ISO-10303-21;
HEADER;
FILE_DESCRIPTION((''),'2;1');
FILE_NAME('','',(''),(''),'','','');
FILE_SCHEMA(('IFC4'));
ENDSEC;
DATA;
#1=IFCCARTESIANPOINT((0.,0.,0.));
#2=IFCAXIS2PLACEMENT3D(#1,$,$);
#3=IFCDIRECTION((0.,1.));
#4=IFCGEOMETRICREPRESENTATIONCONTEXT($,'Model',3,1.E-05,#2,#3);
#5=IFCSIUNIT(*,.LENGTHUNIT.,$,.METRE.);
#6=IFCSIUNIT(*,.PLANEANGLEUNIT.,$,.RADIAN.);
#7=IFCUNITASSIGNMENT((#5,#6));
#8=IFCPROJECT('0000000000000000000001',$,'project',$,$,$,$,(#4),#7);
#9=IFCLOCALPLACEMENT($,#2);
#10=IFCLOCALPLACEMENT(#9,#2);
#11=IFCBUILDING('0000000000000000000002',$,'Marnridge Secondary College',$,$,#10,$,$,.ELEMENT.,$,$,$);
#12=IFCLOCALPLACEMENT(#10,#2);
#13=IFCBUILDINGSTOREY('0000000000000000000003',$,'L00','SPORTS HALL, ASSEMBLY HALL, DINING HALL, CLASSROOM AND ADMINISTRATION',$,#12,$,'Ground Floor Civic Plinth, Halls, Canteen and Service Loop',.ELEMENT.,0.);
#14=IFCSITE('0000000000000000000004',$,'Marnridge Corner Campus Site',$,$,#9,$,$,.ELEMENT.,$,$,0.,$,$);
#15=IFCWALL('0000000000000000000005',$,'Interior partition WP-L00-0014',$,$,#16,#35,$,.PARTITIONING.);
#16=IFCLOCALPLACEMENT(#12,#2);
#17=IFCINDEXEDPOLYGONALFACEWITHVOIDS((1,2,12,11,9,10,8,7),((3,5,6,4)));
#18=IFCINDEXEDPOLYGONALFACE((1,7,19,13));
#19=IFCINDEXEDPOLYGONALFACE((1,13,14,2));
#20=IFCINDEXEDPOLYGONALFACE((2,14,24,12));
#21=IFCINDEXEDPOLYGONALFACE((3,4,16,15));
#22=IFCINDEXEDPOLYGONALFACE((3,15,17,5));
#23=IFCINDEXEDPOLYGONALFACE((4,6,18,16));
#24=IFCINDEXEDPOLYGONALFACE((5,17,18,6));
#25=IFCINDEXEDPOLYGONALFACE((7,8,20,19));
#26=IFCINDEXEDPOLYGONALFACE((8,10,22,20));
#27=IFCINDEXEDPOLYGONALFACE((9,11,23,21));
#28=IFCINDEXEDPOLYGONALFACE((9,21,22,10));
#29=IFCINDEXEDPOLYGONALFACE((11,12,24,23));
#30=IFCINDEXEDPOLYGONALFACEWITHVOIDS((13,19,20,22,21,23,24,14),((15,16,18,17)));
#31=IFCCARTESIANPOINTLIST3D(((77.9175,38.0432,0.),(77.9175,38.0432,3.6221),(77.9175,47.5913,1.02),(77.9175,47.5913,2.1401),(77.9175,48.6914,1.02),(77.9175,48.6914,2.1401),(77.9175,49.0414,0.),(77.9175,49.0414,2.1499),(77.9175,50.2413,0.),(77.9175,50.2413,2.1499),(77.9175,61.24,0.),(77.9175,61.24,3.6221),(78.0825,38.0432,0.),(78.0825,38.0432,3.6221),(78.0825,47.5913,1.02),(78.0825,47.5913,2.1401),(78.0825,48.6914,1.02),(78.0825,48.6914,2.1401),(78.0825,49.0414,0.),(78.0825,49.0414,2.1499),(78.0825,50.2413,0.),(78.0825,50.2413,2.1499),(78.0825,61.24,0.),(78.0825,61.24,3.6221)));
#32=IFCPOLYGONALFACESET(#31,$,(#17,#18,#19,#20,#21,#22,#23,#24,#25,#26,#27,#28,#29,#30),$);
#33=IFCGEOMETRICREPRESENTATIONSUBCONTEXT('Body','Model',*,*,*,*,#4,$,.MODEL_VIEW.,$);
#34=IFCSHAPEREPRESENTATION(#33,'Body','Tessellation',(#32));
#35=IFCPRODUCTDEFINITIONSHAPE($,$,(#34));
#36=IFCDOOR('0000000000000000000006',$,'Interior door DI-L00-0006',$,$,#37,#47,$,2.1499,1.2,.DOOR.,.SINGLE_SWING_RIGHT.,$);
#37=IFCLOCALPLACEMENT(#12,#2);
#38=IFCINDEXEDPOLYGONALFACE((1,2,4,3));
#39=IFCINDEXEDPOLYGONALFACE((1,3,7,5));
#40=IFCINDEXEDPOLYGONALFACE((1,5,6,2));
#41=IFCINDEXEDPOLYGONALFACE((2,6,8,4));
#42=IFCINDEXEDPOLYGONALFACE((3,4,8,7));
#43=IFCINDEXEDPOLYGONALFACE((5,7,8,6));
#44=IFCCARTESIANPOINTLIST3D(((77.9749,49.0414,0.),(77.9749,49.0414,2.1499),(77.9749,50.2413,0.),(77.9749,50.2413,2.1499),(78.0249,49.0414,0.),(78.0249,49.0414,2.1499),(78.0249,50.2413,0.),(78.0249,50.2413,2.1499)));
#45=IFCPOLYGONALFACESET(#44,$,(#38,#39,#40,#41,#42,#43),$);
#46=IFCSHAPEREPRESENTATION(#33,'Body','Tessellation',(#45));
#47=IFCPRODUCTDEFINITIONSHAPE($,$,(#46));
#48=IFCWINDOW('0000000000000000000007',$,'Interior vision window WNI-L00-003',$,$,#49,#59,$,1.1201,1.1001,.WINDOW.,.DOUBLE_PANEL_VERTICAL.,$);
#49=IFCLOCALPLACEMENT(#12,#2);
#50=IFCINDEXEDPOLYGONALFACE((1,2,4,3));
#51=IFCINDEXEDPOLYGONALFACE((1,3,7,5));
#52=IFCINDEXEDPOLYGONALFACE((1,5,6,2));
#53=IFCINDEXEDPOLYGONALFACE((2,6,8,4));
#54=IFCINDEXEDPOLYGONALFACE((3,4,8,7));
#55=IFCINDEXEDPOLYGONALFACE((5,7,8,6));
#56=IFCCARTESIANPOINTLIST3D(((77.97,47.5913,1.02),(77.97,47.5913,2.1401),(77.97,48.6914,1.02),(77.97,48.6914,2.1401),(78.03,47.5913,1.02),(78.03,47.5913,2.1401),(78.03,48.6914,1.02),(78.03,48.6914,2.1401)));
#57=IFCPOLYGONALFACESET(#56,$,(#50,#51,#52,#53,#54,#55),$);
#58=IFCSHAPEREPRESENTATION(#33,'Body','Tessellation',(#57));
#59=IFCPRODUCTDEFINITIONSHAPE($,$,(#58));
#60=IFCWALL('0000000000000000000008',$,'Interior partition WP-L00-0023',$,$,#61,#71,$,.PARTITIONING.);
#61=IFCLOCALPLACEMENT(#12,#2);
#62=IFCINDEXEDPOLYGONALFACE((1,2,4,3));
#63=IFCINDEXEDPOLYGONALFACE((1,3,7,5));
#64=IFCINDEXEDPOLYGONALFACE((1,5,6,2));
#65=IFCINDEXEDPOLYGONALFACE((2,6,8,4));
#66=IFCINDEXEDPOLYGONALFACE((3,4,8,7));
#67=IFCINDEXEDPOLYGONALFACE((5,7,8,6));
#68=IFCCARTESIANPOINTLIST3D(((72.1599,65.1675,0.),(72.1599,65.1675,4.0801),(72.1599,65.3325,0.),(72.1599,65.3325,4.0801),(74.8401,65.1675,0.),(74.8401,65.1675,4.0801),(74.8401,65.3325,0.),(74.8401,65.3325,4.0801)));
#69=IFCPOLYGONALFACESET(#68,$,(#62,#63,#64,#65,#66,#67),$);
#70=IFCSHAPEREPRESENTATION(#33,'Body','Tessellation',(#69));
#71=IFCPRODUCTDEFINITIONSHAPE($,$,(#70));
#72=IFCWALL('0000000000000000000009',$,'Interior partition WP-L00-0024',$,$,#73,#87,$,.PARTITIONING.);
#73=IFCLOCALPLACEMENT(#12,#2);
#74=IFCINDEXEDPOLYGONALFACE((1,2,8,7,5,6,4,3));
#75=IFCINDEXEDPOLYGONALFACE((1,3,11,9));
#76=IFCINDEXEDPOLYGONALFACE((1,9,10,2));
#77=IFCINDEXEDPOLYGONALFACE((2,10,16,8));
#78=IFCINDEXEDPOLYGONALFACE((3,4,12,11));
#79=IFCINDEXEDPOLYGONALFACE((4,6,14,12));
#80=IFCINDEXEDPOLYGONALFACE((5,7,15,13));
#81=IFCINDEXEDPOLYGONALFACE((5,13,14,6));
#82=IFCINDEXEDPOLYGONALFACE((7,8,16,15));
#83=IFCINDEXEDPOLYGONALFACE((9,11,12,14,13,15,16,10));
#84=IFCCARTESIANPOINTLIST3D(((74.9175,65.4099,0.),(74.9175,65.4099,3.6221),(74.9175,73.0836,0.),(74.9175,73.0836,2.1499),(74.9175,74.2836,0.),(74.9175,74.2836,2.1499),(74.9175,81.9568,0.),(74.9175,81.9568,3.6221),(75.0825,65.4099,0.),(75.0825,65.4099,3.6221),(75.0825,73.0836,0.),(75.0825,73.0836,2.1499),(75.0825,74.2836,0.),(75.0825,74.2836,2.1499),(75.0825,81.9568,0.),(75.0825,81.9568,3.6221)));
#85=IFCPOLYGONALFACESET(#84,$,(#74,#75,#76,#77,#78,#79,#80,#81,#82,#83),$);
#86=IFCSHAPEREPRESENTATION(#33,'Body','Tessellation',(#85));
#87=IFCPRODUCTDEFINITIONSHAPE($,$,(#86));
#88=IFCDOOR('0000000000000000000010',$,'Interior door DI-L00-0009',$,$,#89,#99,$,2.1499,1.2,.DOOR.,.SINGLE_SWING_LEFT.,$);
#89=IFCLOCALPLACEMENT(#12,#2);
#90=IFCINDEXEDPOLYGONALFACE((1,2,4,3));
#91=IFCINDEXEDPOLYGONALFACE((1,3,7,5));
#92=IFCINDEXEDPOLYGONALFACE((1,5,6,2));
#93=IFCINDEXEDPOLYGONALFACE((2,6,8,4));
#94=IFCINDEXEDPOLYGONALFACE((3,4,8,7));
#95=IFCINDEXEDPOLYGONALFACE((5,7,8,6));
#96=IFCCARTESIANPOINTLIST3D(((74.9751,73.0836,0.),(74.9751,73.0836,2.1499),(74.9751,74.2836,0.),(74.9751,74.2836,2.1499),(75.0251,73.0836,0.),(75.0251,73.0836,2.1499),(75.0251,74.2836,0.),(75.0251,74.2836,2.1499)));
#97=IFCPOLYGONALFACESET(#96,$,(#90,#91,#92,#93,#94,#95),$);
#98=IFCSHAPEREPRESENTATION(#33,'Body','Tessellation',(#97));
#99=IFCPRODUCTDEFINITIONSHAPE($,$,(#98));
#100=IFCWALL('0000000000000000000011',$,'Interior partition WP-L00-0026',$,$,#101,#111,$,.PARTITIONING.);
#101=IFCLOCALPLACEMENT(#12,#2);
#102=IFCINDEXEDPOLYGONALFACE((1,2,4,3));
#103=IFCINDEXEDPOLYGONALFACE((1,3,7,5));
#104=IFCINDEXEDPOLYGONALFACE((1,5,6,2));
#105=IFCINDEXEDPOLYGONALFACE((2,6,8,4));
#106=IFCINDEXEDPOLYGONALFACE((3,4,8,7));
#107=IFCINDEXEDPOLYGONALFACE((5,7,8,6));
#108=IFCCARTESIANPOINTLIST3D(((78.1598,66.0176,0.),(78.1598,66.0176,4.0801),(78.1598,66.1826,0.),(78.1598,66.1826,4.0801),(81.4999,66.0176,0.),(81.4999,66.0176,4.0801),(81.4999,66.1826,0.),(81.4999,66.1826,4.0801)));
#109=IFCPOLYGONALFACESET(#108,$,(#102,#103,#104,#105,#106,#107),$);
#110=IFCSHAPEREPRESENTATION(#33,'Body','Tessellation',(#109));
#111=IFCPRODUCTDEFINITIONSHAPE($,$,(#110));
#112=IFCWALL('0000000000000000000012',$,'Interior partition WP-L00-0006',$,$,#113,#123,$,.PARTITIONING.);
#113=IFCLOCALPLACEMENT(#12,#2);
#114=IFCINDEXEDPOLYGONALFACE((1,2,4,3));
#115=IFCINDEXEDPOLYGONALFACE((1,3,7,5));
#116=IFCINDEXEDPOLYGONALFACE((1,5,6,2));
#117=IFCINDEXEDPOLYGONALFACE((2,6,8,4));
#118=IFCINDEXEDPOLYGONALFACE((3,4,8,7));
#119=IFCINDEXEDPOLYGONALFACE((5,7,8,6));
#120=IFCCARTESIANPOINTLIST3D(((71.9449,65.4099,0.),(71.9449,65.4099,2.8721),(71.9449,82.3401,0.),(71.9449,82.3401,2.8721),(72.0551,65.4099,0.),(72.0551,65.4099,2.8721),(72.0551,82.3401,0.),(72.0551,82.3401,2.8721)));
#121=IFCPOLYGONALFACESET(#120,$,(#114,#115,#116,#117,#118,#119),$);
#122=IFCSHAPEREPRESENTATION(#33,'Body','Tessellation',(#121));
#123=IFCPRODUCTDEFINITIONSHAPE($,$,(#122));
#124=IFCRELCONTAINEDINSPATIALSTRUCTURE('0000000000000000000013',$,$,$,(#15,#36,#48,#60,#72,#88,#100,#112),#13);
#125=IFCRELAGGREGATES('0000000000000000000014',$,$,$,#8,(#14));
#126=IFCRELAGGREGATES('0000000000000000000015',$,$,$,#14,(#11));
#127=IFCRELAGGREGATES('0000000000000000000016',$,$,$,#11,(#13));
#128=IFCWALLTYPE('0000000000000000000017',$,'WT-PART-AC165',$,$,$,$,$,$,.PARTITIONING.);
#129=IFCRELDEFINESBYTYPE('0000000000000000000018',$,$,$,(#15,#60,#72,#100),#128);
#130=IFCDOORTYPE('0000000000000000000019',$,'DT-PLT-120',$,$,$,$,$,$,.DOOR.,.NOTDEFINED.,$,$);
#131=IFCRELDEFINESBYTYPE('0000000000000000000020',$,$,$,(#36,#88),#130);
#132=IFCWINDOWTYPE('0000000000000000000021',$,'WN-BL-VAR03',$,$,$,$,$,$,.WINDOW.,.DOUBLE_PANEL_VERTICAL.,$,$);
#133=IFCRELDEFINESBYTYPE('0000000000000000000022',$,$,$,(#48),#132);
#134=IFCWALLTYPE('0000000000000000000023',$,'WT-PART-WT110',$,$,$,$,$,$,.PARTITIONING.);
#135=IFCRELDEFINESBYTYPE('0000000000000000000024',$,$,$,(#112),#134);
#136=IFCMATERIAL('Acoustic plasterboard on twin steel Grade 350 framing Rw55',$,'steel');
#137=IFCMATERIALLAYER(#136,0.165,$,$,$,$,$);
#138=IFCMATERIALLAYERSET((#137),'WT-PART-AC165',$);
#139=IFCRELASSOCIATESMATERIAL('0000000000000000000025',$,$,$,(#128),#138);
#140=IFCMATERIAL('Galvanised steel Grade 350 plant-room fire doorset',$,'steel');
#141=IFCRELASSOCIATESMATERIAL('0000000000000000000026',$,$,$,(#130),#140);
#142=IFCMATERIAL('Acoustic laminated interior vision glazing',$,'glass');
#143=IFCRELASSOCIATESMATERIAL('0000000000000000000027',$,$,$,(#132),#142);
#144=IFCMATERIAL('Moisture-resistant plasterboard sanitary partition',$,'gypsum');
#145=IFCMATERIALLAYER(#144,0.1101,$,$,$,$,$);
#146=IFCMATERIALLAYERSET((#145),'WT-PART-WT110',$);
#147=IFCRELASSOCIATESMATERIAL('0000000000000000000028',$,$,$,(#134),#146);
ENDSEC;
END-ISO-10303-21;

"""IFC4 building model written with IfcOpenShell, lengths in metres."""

from ifc_helpers import new_model, si_unit, direction, frame, frame_2d, origin, place, context, subcontext, project, spatial, rectangle, extrude, material, layer, layer_set, type_object, element, fill, save


model = new_model("IFC4")

# Units and contexts
model_context = context("Model", 3, precision=1e-05, world=origin(), true_north=direction((0.0, 1.0)))
body_context = subcontext(model_context, "Body", "Model", "MODEL_VIEW")
ifc_project = project(units=[si_unit("LENGTHUNIT", "METRE"), si_unit("PLANEANGLEUNIT", "RADIAN")], contexts=[model_context])

# Site, building, storey
site_placement = place(None, origin())
site = spatial("IfcSite", under=ifc_project, at=site_placement, Name="Marnridge Corner Campus Site", CompositionType="ELEMENT", RefElevation=0.0)
building_placement = place(site_placement, origin())
building = spatial("IfcBuilding", under=site, at=building_placement, Name="Marnridge Secondary College", CompositionType="ELEMENT")
storey_placement = place(building_placement, origin())
storey = spatial("IfcBuildingStorey", under=building, at=storey_placement, Name="L00", Description="SPORTS HALL, ASSEMBLY HALL, DINING HALL, CLASSROOM AND ADMINISTRATION", LongName="Ground Floor Civic Plinth, Halls, Canteen and Service Loop", CompositionType="ELEMENT", Elevation=0.0)

# Shared definitions
ifc_material_1 = material(Name="Acoustic plasterboard on twin steel Grade 350 framing Rw55", Category="steel")
ifc_layer_1 = layer(ifc_material_1, 0.165)
ifc_layer_set_1 = layer_set([ifc_layer_1], Name="WT-PART-AC165")
wall_type_1 = type_object("IfcWallType", Name="WT-PART-AC165", PredefinedType="PARTITIONING", material=ifc_layer_set_1)

# Shared definitions
ifc_material_2 = material(Name="Galvanised steel Grade 350 plant-room fire doorset", Category="steel")
door_type = type_object("IfcDoorType", Name="DT-PLT-120", OperationType="NOTDEFINED", PredefinedType="DOOR", material=ifc_material_2)

# Wall, openings, door, window
wall_1_placement = place(storey_placement, frame((78.0, 61.24, 0.0), z_axis=(0.0, 0.0, 1.0), x_axis=(0.0, -1.0, 0.0)))
wall_1 = element("IfcWall", 1, at=wall_1_placement, inside=storey, type_object=wall_type_1, Name="Interior partition WP-L00-0014", PredefinedType="PARTITIONING", context=body_context, shape_type="SweptSolid", body=[
    extrude(rectangle(XDim=23.1968, YDim=0.165, at=frame_2d((11.5984, 0.0))), origin(), (0.0, 0.0, 1.0), 3.6221),
])
opening_1_placement = place(wall_1_placement, frame((10.9985, 0.0, 0.0)))
opening_1 = element("IfcOpeningElement", 2, at=opening_1_placement, cuts=wall_1, PredefinedType="OPENING", context=body_context, shape_type="SweptSolid", body=[
    extrude(rectangle(XDim=1.2, YDim=2.1499, at=frame_2d((0.6001, 1.075))), frame((0.0, 0.0925, 0.0), z_axis=(0.0, -1.0, 0.0), x_axis=(1.0, 0.0, 0.0)), (0.0, 0.0, 1.0), 0.1851),
])
opening_2_placement = place(wall_1_placement, frame((12.5486, 0.0, 1.02)))
opening_2 = element("IfcOpeningElement", 3, at=opening_2_placement, cuts=wall_1, PredefinedType="OPENING", context=body_context, shape_type="SweptSolid", body=[
    extrude(rectangle(XDim=1.1001, YDim=1.1201, at=frame_2d((0.55, 0.5601))), frame((0.0, 0.0925, 0.0), z_axis=(0.0, -1.0, 0.0), x_axis=(1.0, 0.0, 0.0)), (0.0, 0.0, 1.0), 0.1851),
])
door_1_placement = place(opening_1_placement, origin())
door_1 = element("IfcDoor", 4, at=door_1_placement, inside=storey, type_object=door_type, Name="Interior door DI-L00-0006", OperationType="SINGLE_SWING_RIGHT", OverallHeight=2.1499, OverallWidth=1.2, PredefinedType="DOOR", context=body_context, shape_type="SweptSolid", body=[
    extrude(rectangle(XDim=1.2, YDim=2.1499, at=frame_2d((0.6001, 1.075))), frame((0.0, 0.0249, 0.0), z_axis=(0.0, -1.0, 0.0), x_axis=(1.0, 0.0, 0.0)), (0.0, 0.0, 1.0), 0.05),
])
fill(opening_1, door_1)
ifc_material_3 = material(Name="Acoustic laminated interior vision glazing", Category="glass")
window_type_1 = type_object("IfcWindowType", Name="WN-BL-VAR03", PartitioningType="DOUBLE_PANEL_VERTICAL", PredefinedType="WINDOW", material=ifc_material_3)
window_1_placement = place(opening_2_placement, origin())
window_1 = element("IfcWindow", 5, at=window_1_placement, inside=storey, type_object=window_type_1, Name="Interior vision window WNI-L00-003", OverallHeight=1.1201, OverallWidth=1.1001, PartitioningType="DOUBLE_PANEL_VERTICAL", PredefinedType="WINDOW", context=body_context, shape_type="SweptSolid", body=[
    extrude(rectangle(XDim=1.1001, YDim=1.1201, at=frame_2d((0.55, 0.5601))), frame((0.0, 0.03, 0.0), z_axis=(0.0, -1.0, 0.0), x_axis=(1.0, 0.0, 0.0)), (0.0, 0.0, 1.0), 0.0601),
])
fill(opening_2, window_1)

# Wall
wall_2_placement = place(storey_placement, frame((72.1599, 65.25, 0.0), z_axis=(0.0, 0.0, 1.0), x_axis=(1.0, 0.0, 0.0)))
element("IfcWall", 6, at=wall_2_placement, inside=storey, type_object=wall_type_1, Name="Interior partition WP-L00-0023", PredefinedType="PARTITIONING", context=body_context, shape_type="SweptSolid", body=[
    extrude(rectangle(XDim=2.6802, YDim=0.165, at=frame_2d((1.3401, 0.0))), origin(), (0.0, 0.0, 1.0), 4.0801),
])

# Wall, opening, door
wall_3_placement = place(storey_placement, frame((75.0, 65.4099, 0.0), z_axis=(0.0, 0.0, 1.0), x_axis=(0.0, 1.0, 0.0)))
wall_3 = element("IfcWall", 7, at=wall_3_placement, inside=storey, type_object=wall_type_1, Name="Interior partition WP-L00-0024", PredefinedType="PARTITIONING", context=body_context, shape_type="SweptSolid", body=[
    extrude(rectangle(XDim=16.5469, YDim=0.165, at=frame_2d((8.2734, 0.0))), origin(), (0.0, 0.0, 1.0), 3.6221),
])
opening_3_placement = place(wall_3_placement, frame((7.6736, 0.0, 0.0)))
opening_3 = element("IfcOpeningElement", 8, at=opening_3_placement, cuts=wall_3, PredefinedType="OPENING", context=body_context, shape_type="SweptSolid", body=[
    extrude(rectangle(XDim=1.2, YDim=2.1499, at=frame_2d((0.6001, 1.075))), frame((0.0, 0.0925, 0.0), z_axis=(0.0, -1.0, 0.0), x_axis=(1.0, 0.0, 0.0)), (0.0, 0.0, 1.0), 0.1851),
])
door_2_placement = place(opening_3_placement, origin())
door_2 = element("IfcDoor", 9, at=door_2_placement, inside=storey, type_object=door_type, Name="Interior door DI-L00-0009", OperationType="SINGLE_SWING_LEFT", OverallHeight=2.1499, OverallWidth=1.2, PredefinedType="DOOR", context=body_context, shape_type="SweptSolid", body=[
    extrude(rectangle(XDim=1.2, YDim=2.1499, at=frame_2d((0.6001, 1.075))), frame((0.0, 0.0249, 0.0), z_axis=(0.0, -1.0, 0.0), x_axis=(1.0, 0.0, 0.0)), (0.0, 0.0, 1.0), 0.05),
])
fill(opening_3, door_2)

# Walls
wall_4_placement = place(storey_placement, frame((78.1599, 66.1001, 0.0), z_axis=(0.0, 0.0, 1.0), x_axis=(1.0, 0.0, 0.0)))
element("IfcWall", 10, at=wall_4_placement, inside=storey, type_object=wall_type_1, Name="Interior partition WP-L00-0026", PredefinedType="PARTITIONING", context=body_context, shape_type="SweptSolid", body=[
    extrude(rectangle(XDim=3.3401, YDim=0.165, at=frame_2d((1.6699, 0.0))), origin(), (0.0, 0.0, 1.0), 4.0801),
])
ifc_material_4 = material(Name="Moisture-resistant plasterboard sanitary partition", Category="gypsum")
ifc_layer_2 = layer(ifc_material_4, 0.1101)
ifc_layer_set_2 = layer_set([ifc_layer_2], Name="WT-PART-WT110")
wall_type_2 = type_object("IfcWallType", Name="WT-PART-WT110", PredefinedType="PARTITIONING", material=ifc_layer_set_2)
wall_5_placement = place(storey_placement, frame((72.0, 65.4099, 0.0), z_axis=(0.0, 0.0, 1.0), x_axis=(0.0, 1.0, 0.0)))
element("IfcWall", 11, at=wall_5_placement, inside=storey, type_object=wall_type_2, Name="Interior partition WP-L00-0006", PredefinedType="PARTITIONING", context=body_context, shape_type="SweptSolid", body=[
    extrude(rectangle(XDim=16.9302, YDim=0.1101, at=frame_2d((8.4651, 0.0))), origin(), (0.0, 0.0, 1.0), 2.8721),
])

save(model, "model.ifc")
